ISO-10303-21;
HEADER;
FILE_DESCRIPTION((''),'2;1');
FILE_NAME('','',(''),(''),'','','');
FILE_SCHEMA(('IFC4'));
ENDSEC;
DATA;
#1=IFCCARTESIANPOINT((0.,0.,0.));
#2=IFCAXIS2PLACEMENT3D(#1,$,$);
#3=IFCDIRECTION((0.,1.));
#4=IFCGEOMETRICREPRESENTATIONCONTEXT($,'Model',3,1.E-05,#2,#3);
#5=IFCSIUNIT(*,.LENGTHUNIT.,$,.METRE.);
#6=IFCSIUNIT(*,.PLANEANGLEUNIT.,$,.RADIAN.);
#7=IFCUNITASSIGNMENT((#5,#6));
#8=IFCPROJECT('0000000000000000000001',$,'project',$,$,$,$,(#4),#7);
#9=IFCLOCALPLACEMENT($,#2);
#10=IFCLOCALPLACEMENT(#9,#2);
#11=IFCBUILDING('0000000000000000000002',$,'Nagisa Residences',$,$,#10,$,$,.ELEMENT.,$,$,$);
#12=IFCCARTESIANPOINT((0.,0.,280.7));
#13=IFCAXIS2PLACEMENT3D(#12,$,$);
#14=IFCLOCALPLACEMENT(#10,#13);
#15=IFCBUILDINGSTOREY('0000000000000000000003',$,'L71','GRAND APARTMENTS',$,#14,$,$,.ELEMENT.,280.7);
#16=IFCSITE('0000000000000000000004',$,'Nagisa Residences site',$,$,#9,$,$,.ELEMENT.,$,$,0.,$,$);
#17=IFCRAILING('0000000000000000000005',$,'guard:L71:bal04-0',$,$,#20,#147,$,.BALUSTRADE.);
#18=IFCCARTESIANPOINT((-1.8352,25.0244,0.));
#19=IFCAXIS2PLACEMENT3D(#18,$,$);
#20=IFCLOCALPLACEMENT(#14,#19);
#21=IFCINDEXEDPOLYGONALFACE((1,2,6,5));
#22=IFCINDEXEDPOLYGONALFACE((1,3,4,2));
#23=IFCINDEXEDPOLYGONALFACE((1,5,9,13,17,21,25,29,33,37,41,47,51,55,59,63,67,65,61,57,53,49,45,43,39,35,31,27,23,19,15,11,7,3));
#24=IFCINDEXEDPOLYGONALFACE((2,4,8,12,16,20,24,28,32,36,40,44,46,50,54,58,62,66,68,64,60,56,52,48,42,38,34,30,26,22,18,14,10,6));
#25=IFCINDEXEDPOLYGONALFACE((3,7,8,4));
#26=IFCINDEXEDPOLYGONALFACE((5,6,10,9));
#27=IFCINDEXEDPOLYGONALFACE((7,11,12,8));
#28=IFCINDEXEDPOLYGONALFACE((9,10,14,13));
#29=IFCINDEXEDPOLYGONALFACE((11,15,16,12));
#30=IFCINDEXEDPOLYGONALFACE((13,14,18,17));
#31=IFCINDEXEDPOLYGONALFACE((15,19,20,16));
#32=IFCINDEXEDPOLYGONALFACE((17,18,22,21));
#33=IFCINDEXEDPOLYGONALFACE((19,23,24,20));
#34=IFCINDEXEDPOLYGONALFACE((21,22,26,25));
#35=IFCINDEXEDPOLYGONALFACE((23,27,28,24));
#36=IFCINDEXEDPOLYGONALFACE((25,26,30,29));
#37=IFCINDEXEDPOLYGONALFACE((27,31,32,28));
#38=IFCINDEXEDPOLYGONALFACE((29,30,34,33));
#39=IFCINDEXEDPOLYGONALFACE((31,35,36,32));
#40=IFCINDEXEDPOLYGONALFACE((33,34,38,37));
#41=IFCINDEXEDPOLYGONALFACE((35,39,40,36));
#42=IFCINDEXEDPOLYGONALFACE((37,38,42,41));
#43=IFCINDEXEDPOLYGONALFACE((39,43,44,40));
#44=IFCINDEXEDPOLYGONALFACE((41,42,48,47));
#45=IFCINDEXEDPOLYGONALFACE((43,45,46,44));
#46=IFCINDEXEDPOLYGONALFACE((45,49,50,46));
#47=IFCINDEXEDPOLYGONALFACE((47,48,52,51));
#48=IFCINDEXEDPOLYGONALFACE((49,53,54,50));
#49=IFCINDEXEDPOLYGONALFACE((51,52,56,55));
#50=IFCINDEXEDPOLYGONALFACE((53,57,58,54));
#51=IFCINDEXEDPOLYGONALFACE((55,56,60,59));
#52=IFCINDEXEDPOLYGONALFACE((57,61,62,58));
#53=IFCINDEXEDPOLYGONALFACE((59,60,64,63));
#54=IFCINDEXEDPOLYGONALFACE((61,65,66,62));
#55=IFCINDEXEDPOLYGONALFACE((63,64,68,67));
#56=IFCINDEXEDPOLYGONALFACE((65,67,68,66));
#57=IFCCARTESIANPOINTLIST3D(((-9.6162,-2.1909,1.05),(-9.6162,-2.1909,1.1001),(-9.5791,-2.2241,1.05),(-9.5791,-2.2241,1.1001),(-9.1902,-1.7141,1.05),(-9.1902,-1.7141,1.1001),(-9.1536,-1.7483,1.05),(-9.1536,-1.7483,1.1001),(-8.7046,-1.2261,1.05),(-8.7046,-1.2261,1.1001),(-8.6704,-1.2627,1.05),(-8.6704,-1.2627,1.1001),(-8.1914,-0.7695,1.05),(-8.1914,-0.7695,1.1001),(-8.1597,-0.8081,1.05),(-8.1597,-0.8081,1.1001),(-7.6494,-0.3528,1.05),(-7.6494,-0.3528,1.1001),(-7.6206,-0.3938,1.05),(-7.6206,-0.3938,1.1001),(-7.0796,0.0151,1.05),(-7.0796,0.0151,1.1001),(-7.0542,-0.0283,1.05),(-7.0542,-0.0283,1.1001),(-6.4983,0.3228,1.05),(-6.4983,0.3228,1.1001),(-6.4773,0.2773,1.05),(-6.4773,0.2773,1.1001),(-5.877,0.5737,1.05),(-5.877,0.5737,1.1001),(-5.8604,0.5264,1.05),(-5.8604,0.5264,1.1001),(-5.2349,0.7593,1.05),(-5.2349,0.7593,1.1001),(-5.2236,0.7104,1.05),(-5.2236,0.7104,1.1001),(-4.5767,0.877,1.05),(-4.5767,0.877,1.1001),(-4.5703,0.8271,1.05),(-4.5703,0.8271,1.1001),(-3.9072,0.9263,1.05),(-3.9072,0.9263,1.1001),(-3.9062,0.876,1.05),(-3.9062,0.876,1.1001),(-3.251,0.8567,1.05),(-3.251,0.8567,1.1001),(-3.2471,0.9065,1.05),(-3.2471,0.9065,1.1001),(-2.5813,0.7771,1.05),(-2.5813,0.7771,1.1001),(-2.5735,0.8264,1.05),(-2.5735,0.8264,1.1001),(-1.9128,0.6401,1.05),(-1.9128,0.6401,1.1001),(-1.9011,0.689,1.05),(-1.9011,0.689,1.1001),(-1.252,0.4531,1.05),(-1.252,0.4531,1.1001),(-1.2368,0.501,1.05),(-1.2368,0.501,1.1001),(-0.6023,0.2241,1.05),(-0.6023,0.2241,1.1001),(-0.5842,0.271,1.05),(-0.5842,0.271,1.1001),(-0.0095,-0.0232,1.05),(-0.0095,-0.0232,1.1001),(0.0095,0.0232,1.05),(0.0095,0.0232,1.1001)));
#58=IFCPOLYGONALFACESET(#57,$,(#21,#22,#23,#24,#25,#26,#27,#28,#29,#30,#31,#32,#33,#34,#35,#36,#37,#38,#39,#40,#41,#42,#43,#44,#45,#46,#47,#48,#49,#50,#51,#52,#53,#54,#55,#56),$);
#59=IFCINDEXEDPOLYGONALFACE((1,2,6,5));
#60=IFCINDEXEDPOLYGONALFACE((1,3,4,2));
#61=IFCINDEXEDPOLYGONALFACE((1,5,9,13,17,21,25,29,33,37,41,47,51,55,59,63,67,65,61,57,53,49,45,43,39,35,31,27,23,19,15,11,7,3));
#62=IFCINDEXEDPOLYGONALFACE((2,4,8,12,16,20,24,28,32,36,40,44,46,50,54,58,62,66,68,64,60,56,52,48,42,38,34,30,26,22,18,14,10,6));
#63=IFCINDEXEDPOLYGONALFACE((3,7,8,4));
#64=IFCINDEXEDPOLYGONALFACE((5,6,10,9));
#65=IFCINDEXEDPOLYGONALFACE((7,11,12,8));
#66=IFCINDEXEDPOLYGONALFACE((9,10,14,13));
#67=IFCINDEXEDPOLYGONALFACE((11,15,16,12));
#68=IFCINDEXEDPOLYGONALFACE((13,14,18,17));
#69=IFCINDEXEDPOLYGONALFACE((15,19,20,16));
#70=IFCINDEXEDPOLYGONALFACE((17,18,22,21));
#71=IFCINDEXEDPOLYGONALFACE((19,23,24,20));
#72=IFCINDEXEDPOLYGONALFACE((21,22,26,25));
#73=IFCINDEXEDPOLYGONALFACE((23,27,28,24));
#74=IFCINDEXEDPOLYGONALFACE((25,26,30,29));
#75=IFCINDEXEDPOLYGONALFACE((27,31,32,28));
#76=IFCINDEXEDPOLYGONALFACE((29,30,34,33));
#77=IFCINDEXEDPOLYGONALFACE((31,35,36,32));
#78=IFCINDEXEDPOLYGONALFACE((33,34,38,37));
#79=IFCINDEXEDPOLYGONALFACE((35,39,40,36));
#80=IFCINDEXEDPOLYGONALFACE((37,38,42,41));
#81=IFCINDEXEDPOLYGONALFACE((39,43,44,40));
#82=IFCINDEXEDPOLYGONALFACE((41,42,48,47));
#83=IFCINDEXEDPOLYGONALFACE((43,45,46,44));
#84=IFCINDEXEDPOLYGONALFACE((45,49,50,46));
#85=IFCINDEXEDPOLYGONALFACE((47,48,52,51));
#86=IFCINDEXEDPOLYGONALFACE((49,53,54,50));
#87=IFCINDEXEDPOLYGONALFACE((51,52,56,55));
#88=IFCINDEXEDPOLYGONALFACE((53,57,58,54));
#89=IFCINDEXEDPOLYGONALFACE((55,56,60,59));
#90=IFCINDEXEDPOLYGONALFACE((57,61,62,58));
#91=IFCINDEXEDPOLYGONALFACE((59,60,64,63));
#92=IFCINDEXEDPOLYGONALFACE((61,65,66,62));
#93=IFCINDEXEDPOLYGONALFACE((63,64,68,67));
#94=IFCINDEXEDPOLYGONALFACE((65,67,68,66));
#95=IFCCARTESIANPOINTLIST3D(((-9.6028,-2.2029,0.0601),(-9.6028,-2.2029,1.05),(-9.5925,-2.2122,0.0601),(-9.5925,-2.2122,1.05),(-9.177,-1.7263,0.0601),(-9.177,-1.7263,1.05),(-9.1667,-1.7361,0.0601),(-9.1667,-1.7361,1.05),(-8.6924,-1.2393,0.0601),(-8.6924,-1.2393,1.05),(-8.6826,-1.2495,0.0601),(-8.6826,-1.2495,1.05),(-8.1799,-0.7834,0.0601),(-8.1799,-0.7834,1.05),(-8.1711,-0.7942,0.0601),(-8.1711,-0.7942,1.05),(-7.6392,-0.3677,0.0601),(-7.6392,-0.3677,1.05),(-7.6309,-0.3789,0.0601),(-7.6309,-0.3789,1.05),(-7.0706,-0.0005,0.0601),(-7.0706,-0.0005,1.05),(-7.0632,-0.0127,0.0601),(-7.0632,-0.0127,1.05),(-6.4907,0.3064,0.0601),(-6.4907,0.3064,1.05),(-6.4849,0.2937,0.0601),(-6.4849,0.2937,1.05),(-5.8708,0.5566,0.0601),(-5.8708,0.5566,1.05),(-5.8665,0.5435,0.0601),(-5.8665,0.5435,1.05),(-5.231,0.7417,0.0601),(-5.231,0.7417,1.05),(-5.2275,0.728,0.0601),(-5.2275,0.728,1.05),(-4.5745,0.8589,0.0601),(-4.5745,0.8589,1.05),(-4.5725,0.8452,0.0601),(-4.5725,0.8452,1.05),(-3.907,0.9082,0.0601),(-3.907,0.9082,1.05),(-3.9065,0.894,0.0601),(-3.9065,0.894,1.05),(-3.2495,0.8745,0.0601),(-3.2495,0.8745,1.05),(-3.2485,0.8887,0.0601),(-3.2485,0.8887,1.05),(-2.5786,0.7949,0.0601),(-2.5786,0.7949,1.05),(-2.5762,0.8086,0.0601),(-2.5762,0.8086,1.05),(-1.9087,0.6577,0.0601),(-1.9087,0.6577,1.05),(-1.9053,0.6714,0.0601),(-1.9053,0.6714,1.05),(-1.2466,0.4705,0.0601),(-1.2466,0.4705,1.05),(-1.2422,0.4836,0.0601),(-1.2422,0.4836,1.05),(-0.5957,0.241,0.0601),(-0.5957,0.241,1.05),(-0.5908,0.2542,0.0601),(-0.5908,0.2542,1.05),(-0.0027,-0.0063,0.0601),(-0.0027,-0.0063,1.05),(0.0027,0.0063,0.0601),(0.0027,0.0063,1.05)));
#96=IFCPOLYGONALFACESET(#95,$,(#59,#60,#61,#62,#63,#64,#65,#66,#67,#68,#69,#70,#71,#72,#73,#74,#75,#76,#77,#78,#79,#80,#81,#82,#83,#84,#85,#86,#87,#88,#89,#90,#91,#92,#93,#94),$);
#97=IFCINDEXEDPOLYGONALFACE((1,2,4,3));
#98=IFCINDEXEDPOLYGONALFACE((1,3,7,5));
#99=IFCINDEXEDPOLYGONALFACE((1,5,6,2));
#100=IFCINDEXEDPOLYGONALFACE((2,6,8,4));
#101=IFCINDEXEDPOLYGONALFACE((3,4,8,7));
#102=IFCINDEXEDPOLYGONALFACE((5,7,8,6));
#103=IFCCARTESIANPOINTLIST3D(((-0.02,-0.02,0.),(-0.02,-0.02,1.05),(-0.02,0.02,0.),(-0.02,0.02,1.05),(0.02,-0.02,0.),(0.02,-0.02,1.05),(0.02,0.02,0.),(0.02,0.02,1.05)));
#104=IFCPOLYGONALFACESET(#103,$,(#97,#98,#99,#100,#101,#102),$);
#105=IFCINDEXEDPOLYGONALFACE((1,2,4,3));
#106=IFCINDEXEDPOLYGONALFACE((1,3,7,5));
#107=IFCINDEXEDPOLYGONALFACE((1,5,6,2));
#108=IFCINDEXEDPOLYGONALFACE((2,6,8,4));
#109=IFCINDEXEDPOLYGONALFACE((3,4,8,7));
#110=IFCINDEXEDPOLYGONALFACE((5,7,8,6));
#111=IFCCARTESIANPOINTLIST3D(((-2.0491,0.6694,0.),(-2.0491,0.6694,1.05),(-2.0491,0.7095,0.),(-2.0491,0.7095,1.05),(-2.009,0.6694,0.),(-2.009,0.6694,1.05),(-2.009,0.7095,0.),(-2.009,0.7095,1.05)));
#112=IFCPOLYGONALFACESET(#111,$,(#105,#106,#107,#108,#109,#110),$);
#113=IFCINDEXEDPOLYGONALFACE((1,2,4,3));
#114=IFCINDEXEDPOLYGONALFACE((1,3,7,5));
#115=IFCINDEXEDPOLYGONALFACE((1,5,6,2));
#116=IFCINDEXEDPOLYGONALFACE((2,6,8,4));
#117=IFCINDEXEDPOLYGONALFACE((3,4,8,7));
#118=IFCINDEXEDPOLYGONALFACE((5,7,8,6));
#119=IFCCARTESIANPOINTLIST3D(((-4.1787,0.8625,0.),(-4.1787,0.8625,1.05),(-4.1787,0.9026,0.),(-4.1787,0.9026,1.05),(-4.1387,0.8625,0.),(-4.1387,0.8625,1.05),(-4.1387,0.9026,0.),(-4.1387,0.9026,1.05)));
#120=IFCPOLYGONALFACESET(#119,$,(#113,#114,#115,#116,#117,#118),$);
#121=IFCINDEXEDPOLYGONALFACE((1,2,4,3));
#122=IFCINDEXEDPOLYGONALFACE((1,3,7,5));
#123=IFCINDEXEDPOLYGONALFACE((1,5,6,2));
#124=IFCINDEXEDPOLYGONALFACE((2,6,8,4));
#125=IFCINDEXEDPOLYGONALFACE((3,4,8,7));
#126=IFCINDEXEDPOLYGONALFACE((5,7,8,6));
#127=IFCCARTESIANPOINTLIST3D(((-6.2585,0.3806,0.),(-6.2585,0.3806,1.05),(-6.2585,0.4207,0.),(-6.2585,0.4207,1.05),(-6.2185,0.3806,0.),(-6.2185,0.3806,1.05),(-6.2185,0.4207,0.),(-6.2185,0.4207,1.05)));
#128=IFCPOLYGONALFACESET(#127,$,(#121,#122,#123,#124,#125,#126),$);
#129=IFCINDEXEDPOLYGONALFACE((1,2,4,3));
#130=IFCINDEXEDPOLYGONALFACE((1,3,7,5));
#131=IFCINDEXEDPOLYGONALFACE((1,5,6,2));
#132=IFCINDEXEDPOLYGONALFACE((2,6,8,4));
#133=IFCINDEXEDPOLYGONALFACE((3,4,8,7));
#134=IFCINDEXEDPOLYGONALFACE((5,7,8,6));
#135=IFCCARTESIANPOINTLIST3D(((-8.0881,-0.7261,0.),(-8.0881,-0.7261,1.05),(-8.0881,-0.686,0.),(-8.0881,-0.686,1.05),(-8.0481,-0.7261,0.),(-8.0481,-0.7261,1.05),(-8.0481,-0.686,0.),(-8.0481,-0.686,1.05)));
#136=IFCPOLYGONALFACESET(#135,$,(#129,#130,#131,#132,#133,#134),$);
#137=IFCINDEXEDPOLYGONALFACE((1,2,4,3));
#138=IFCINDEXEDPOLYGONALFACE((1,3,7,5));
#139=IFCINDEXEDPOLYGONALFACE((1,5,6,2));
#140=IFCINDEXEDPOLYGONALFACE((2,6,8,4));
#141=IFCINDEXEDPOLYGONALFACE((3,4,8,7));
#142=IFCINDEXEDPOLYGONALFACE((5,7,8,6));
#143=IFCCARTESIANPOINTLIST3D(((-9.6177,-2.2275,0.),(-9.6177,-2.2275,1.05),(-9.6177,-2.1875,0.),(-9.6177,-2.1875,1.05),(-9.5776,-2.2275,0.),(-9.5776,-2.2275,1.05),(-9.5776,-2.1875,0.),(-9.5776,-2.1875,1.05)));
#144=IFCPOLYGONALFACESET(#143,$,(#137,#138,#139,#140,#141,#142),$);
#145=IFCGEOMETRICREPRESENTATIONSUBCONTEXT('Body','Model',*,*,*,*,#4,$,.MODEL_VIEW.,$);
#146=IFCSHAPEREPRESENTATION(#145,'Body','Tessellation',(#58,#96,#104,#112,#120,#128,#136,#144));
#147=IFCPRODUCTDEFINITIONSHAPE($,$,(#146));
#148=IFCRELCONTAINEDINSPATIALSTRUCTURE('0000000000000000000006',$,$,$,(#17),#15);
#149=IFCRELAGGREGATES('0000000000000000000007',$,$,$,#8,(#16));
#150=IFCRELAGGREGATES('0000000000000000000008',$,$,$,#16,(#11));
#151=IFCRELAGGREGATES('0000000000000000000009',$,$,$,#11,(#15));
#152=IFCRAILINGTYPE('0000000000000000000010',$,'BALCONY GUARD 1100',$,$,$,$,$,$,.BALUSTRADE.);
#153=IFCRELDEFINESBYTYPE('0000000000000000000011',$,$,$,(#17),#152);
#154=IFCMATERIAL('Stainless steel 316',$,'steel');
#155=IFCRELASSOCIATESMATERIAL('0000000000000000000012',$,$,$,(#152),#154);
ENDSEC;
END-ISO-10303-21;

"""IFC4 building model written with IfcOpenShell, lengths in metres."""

from ifc_helpers import new_model, si_unit, direction, frame, origin, origin_2d, place, context, subcontext, project, spatial, polyline, rectangle, outline, extrude, material, type_object, element, save


model = new_model("IFC4")

# Units and contexts
model_context = context("Model", 3, precision=1e-05, world=origin(), true_north=direction((0.0, 1.0)))
body_context = subcontext(model_context, "Body", "Model", "MODEL_VIEW")
ifc_project = project(units=[si_unit("LENGTHUNIT", "METRE"), si_unit("PLANEANGLEUNIT", "RADIAN")], contexts=[model_context])

# Site, building, storey
site_placement = place(None, origin())
site = spatial("IfcSite", under=ifc_project, at=site_placement, Name="Nagisa Residences site", CompositionType="ELEMENT", RefElevation=0.0)
building_placement = place(site_placement, origin())
building = spatial("IfcBuilding", under=site, at=building_placement, Name="Nagisa Residences", CompositionType="ELEMENT")
storey_placement = place(building_placement, frame((0.0, 0.0, 280.7)))
storey = spatial("IfcBuildingStorey", under=building, at=storey_placement, Name="L71", Description="GRAND APARTMENTS", CompositionType="ELEMENT", Elevation=280.7)

# Railing
ifc_material_1 = material(Name="Stainless steel 316", Category="steel")
railing_type = type_object("IfcRailingType", Name="BALCONY GUARD 1100", PredefinedType="BALUSTRADE", material=ifc_material_1)
railing_placement = place(storey_placement, frame((-1.8352, 25.0244, 0.0)))
element("IfcRailing", 1, at=railing_placement, inside=storey, type_object=railing_type, Name="guard:L71:bal04-0", PredefinedType="BALUSTRADE", context=body_context, shape_type="SweptSolid", body=[
    extrude(outline(polyline([(-0.6023, 0.2241), (-0.0095, -0.0232), (0.0095, 0.0232), (-0.5842, 0.271), (-1.2368, 0.501), (-1.9011, 0.689), (-2.5735, 0.8264), (-3.2471, 0.9065), (-3.9072, 0.9263), (-4.5767, 0.877), (-5.2349, 0.7593), (-5.877, 0.5737), (-6.4983, 0.3228), (-7.0796, 0.0151), (-7.6494, -0.3528), (-8.1914, -0.7695), (-8.7046, -1.2261), (-9.1902, -1.7141), (-9.6162, -2.1909), (-9.5791, -2.2241), (-9.1536, -1.7483), (-8.6704, -1.2627), (-8.1597, -0.8081), (-7.6206, -0.3938), (-7.0542, -0.0283), (-6.4773, 0.2773), (-5.8604, 0.5264), (-5.2236, 0.7104), (-4.5703, 0.8271), (-3.9062, 0.876), (-3.251, 0.8567), (-2.5813, 0.7771), (-1.9128, 0.6401), (-1.252, 0.4531), (-0.6023, 0.2241)])), frame((0.0, 0.0, 1.05)), (0.0, 0.0, 1.0), 0.05),
    extrude(outline(polyline([(-0.5957, 0.241), (-0.0027, -0.0063), (0.0027, 0.0063), (-0.5908, 0.2542), (-1.2422, 0.4836), (-1.9053, 0.6714), (-2.5762, 0.8086), (-3.2485, 0.8887), (-3.907, 0.9082), (-4.5745, 0.8589), (-5.231, 0.7417), (-5.8708, 0.5566), (-6.4907, 0.3064), (-7.0706, -0.0005), (-7.6392, -0.3677), (-8.1799, -0.7834), (-8.6924, -1.2393), (-9.177, -1.7263), (-9.6028, -2.2029), (-9.5925, -2.2122), (-9.1667, -1.7361), (-8.6826, -1.2495), (-8.1711, -0.7942), (-7.6309, -0.3789), (-7.0632, -0.0127), (-6.4849, 0.2937), (-5.8665, 0.5435), (-5.2275, 0.728), (-4.5725, 0.8452), (-3.9065, 0.894), (-3.2495, 0.8745), (-2.5786, 0.7949), (-1.9087, 0.6577), (-1.2466, 0.4705), (-0.5957, 0.241)])), frame((0.0, 0.0, 0.0601)), (0.0, 0.0, 1.0), 0.99),
    extrude(rectangle(XDim=0.04, YDim=0.04, at=origin_2d()), origin(), (0.0, 0.0, 1.0), 1.05),
    extrude(rectangle(XDim=0.04, YDim=0.04, at=origin_2d()), frame((-2.0291, 0.6895, 0.0)), (0.0, 0.0, 1.0), 1.05),
    extrude(rectangle(XDim=0.04, YDim=0.04, at=origin_2d()), frame((-4.1587, 0.8826, 0.0)), (0.0, 0.0, 1.0), 1.05),
    extrude(rectangle(XDim=0.04, YDim=0.04, at=origin_2d()), frame((-6.2385, 0.4006, 0.0)), (0.0, 0.0, 1.0), 1.05),
    extrude(rectangle(XDim=0.04, YDim=0.04, at=origin_2d()), frame((-8.0681, -0.7061, 0.0)), (0.0, 0.0, 1.0), 1.05),
    extrude(rectangle(XDim=0.04, YDim=0.04, at=origin_2d()), frame((-9.5977, -2.2075, 0.0)), (0.0, 0.0, 1.0), 1.05),
])

save(model, "model.ifc")
